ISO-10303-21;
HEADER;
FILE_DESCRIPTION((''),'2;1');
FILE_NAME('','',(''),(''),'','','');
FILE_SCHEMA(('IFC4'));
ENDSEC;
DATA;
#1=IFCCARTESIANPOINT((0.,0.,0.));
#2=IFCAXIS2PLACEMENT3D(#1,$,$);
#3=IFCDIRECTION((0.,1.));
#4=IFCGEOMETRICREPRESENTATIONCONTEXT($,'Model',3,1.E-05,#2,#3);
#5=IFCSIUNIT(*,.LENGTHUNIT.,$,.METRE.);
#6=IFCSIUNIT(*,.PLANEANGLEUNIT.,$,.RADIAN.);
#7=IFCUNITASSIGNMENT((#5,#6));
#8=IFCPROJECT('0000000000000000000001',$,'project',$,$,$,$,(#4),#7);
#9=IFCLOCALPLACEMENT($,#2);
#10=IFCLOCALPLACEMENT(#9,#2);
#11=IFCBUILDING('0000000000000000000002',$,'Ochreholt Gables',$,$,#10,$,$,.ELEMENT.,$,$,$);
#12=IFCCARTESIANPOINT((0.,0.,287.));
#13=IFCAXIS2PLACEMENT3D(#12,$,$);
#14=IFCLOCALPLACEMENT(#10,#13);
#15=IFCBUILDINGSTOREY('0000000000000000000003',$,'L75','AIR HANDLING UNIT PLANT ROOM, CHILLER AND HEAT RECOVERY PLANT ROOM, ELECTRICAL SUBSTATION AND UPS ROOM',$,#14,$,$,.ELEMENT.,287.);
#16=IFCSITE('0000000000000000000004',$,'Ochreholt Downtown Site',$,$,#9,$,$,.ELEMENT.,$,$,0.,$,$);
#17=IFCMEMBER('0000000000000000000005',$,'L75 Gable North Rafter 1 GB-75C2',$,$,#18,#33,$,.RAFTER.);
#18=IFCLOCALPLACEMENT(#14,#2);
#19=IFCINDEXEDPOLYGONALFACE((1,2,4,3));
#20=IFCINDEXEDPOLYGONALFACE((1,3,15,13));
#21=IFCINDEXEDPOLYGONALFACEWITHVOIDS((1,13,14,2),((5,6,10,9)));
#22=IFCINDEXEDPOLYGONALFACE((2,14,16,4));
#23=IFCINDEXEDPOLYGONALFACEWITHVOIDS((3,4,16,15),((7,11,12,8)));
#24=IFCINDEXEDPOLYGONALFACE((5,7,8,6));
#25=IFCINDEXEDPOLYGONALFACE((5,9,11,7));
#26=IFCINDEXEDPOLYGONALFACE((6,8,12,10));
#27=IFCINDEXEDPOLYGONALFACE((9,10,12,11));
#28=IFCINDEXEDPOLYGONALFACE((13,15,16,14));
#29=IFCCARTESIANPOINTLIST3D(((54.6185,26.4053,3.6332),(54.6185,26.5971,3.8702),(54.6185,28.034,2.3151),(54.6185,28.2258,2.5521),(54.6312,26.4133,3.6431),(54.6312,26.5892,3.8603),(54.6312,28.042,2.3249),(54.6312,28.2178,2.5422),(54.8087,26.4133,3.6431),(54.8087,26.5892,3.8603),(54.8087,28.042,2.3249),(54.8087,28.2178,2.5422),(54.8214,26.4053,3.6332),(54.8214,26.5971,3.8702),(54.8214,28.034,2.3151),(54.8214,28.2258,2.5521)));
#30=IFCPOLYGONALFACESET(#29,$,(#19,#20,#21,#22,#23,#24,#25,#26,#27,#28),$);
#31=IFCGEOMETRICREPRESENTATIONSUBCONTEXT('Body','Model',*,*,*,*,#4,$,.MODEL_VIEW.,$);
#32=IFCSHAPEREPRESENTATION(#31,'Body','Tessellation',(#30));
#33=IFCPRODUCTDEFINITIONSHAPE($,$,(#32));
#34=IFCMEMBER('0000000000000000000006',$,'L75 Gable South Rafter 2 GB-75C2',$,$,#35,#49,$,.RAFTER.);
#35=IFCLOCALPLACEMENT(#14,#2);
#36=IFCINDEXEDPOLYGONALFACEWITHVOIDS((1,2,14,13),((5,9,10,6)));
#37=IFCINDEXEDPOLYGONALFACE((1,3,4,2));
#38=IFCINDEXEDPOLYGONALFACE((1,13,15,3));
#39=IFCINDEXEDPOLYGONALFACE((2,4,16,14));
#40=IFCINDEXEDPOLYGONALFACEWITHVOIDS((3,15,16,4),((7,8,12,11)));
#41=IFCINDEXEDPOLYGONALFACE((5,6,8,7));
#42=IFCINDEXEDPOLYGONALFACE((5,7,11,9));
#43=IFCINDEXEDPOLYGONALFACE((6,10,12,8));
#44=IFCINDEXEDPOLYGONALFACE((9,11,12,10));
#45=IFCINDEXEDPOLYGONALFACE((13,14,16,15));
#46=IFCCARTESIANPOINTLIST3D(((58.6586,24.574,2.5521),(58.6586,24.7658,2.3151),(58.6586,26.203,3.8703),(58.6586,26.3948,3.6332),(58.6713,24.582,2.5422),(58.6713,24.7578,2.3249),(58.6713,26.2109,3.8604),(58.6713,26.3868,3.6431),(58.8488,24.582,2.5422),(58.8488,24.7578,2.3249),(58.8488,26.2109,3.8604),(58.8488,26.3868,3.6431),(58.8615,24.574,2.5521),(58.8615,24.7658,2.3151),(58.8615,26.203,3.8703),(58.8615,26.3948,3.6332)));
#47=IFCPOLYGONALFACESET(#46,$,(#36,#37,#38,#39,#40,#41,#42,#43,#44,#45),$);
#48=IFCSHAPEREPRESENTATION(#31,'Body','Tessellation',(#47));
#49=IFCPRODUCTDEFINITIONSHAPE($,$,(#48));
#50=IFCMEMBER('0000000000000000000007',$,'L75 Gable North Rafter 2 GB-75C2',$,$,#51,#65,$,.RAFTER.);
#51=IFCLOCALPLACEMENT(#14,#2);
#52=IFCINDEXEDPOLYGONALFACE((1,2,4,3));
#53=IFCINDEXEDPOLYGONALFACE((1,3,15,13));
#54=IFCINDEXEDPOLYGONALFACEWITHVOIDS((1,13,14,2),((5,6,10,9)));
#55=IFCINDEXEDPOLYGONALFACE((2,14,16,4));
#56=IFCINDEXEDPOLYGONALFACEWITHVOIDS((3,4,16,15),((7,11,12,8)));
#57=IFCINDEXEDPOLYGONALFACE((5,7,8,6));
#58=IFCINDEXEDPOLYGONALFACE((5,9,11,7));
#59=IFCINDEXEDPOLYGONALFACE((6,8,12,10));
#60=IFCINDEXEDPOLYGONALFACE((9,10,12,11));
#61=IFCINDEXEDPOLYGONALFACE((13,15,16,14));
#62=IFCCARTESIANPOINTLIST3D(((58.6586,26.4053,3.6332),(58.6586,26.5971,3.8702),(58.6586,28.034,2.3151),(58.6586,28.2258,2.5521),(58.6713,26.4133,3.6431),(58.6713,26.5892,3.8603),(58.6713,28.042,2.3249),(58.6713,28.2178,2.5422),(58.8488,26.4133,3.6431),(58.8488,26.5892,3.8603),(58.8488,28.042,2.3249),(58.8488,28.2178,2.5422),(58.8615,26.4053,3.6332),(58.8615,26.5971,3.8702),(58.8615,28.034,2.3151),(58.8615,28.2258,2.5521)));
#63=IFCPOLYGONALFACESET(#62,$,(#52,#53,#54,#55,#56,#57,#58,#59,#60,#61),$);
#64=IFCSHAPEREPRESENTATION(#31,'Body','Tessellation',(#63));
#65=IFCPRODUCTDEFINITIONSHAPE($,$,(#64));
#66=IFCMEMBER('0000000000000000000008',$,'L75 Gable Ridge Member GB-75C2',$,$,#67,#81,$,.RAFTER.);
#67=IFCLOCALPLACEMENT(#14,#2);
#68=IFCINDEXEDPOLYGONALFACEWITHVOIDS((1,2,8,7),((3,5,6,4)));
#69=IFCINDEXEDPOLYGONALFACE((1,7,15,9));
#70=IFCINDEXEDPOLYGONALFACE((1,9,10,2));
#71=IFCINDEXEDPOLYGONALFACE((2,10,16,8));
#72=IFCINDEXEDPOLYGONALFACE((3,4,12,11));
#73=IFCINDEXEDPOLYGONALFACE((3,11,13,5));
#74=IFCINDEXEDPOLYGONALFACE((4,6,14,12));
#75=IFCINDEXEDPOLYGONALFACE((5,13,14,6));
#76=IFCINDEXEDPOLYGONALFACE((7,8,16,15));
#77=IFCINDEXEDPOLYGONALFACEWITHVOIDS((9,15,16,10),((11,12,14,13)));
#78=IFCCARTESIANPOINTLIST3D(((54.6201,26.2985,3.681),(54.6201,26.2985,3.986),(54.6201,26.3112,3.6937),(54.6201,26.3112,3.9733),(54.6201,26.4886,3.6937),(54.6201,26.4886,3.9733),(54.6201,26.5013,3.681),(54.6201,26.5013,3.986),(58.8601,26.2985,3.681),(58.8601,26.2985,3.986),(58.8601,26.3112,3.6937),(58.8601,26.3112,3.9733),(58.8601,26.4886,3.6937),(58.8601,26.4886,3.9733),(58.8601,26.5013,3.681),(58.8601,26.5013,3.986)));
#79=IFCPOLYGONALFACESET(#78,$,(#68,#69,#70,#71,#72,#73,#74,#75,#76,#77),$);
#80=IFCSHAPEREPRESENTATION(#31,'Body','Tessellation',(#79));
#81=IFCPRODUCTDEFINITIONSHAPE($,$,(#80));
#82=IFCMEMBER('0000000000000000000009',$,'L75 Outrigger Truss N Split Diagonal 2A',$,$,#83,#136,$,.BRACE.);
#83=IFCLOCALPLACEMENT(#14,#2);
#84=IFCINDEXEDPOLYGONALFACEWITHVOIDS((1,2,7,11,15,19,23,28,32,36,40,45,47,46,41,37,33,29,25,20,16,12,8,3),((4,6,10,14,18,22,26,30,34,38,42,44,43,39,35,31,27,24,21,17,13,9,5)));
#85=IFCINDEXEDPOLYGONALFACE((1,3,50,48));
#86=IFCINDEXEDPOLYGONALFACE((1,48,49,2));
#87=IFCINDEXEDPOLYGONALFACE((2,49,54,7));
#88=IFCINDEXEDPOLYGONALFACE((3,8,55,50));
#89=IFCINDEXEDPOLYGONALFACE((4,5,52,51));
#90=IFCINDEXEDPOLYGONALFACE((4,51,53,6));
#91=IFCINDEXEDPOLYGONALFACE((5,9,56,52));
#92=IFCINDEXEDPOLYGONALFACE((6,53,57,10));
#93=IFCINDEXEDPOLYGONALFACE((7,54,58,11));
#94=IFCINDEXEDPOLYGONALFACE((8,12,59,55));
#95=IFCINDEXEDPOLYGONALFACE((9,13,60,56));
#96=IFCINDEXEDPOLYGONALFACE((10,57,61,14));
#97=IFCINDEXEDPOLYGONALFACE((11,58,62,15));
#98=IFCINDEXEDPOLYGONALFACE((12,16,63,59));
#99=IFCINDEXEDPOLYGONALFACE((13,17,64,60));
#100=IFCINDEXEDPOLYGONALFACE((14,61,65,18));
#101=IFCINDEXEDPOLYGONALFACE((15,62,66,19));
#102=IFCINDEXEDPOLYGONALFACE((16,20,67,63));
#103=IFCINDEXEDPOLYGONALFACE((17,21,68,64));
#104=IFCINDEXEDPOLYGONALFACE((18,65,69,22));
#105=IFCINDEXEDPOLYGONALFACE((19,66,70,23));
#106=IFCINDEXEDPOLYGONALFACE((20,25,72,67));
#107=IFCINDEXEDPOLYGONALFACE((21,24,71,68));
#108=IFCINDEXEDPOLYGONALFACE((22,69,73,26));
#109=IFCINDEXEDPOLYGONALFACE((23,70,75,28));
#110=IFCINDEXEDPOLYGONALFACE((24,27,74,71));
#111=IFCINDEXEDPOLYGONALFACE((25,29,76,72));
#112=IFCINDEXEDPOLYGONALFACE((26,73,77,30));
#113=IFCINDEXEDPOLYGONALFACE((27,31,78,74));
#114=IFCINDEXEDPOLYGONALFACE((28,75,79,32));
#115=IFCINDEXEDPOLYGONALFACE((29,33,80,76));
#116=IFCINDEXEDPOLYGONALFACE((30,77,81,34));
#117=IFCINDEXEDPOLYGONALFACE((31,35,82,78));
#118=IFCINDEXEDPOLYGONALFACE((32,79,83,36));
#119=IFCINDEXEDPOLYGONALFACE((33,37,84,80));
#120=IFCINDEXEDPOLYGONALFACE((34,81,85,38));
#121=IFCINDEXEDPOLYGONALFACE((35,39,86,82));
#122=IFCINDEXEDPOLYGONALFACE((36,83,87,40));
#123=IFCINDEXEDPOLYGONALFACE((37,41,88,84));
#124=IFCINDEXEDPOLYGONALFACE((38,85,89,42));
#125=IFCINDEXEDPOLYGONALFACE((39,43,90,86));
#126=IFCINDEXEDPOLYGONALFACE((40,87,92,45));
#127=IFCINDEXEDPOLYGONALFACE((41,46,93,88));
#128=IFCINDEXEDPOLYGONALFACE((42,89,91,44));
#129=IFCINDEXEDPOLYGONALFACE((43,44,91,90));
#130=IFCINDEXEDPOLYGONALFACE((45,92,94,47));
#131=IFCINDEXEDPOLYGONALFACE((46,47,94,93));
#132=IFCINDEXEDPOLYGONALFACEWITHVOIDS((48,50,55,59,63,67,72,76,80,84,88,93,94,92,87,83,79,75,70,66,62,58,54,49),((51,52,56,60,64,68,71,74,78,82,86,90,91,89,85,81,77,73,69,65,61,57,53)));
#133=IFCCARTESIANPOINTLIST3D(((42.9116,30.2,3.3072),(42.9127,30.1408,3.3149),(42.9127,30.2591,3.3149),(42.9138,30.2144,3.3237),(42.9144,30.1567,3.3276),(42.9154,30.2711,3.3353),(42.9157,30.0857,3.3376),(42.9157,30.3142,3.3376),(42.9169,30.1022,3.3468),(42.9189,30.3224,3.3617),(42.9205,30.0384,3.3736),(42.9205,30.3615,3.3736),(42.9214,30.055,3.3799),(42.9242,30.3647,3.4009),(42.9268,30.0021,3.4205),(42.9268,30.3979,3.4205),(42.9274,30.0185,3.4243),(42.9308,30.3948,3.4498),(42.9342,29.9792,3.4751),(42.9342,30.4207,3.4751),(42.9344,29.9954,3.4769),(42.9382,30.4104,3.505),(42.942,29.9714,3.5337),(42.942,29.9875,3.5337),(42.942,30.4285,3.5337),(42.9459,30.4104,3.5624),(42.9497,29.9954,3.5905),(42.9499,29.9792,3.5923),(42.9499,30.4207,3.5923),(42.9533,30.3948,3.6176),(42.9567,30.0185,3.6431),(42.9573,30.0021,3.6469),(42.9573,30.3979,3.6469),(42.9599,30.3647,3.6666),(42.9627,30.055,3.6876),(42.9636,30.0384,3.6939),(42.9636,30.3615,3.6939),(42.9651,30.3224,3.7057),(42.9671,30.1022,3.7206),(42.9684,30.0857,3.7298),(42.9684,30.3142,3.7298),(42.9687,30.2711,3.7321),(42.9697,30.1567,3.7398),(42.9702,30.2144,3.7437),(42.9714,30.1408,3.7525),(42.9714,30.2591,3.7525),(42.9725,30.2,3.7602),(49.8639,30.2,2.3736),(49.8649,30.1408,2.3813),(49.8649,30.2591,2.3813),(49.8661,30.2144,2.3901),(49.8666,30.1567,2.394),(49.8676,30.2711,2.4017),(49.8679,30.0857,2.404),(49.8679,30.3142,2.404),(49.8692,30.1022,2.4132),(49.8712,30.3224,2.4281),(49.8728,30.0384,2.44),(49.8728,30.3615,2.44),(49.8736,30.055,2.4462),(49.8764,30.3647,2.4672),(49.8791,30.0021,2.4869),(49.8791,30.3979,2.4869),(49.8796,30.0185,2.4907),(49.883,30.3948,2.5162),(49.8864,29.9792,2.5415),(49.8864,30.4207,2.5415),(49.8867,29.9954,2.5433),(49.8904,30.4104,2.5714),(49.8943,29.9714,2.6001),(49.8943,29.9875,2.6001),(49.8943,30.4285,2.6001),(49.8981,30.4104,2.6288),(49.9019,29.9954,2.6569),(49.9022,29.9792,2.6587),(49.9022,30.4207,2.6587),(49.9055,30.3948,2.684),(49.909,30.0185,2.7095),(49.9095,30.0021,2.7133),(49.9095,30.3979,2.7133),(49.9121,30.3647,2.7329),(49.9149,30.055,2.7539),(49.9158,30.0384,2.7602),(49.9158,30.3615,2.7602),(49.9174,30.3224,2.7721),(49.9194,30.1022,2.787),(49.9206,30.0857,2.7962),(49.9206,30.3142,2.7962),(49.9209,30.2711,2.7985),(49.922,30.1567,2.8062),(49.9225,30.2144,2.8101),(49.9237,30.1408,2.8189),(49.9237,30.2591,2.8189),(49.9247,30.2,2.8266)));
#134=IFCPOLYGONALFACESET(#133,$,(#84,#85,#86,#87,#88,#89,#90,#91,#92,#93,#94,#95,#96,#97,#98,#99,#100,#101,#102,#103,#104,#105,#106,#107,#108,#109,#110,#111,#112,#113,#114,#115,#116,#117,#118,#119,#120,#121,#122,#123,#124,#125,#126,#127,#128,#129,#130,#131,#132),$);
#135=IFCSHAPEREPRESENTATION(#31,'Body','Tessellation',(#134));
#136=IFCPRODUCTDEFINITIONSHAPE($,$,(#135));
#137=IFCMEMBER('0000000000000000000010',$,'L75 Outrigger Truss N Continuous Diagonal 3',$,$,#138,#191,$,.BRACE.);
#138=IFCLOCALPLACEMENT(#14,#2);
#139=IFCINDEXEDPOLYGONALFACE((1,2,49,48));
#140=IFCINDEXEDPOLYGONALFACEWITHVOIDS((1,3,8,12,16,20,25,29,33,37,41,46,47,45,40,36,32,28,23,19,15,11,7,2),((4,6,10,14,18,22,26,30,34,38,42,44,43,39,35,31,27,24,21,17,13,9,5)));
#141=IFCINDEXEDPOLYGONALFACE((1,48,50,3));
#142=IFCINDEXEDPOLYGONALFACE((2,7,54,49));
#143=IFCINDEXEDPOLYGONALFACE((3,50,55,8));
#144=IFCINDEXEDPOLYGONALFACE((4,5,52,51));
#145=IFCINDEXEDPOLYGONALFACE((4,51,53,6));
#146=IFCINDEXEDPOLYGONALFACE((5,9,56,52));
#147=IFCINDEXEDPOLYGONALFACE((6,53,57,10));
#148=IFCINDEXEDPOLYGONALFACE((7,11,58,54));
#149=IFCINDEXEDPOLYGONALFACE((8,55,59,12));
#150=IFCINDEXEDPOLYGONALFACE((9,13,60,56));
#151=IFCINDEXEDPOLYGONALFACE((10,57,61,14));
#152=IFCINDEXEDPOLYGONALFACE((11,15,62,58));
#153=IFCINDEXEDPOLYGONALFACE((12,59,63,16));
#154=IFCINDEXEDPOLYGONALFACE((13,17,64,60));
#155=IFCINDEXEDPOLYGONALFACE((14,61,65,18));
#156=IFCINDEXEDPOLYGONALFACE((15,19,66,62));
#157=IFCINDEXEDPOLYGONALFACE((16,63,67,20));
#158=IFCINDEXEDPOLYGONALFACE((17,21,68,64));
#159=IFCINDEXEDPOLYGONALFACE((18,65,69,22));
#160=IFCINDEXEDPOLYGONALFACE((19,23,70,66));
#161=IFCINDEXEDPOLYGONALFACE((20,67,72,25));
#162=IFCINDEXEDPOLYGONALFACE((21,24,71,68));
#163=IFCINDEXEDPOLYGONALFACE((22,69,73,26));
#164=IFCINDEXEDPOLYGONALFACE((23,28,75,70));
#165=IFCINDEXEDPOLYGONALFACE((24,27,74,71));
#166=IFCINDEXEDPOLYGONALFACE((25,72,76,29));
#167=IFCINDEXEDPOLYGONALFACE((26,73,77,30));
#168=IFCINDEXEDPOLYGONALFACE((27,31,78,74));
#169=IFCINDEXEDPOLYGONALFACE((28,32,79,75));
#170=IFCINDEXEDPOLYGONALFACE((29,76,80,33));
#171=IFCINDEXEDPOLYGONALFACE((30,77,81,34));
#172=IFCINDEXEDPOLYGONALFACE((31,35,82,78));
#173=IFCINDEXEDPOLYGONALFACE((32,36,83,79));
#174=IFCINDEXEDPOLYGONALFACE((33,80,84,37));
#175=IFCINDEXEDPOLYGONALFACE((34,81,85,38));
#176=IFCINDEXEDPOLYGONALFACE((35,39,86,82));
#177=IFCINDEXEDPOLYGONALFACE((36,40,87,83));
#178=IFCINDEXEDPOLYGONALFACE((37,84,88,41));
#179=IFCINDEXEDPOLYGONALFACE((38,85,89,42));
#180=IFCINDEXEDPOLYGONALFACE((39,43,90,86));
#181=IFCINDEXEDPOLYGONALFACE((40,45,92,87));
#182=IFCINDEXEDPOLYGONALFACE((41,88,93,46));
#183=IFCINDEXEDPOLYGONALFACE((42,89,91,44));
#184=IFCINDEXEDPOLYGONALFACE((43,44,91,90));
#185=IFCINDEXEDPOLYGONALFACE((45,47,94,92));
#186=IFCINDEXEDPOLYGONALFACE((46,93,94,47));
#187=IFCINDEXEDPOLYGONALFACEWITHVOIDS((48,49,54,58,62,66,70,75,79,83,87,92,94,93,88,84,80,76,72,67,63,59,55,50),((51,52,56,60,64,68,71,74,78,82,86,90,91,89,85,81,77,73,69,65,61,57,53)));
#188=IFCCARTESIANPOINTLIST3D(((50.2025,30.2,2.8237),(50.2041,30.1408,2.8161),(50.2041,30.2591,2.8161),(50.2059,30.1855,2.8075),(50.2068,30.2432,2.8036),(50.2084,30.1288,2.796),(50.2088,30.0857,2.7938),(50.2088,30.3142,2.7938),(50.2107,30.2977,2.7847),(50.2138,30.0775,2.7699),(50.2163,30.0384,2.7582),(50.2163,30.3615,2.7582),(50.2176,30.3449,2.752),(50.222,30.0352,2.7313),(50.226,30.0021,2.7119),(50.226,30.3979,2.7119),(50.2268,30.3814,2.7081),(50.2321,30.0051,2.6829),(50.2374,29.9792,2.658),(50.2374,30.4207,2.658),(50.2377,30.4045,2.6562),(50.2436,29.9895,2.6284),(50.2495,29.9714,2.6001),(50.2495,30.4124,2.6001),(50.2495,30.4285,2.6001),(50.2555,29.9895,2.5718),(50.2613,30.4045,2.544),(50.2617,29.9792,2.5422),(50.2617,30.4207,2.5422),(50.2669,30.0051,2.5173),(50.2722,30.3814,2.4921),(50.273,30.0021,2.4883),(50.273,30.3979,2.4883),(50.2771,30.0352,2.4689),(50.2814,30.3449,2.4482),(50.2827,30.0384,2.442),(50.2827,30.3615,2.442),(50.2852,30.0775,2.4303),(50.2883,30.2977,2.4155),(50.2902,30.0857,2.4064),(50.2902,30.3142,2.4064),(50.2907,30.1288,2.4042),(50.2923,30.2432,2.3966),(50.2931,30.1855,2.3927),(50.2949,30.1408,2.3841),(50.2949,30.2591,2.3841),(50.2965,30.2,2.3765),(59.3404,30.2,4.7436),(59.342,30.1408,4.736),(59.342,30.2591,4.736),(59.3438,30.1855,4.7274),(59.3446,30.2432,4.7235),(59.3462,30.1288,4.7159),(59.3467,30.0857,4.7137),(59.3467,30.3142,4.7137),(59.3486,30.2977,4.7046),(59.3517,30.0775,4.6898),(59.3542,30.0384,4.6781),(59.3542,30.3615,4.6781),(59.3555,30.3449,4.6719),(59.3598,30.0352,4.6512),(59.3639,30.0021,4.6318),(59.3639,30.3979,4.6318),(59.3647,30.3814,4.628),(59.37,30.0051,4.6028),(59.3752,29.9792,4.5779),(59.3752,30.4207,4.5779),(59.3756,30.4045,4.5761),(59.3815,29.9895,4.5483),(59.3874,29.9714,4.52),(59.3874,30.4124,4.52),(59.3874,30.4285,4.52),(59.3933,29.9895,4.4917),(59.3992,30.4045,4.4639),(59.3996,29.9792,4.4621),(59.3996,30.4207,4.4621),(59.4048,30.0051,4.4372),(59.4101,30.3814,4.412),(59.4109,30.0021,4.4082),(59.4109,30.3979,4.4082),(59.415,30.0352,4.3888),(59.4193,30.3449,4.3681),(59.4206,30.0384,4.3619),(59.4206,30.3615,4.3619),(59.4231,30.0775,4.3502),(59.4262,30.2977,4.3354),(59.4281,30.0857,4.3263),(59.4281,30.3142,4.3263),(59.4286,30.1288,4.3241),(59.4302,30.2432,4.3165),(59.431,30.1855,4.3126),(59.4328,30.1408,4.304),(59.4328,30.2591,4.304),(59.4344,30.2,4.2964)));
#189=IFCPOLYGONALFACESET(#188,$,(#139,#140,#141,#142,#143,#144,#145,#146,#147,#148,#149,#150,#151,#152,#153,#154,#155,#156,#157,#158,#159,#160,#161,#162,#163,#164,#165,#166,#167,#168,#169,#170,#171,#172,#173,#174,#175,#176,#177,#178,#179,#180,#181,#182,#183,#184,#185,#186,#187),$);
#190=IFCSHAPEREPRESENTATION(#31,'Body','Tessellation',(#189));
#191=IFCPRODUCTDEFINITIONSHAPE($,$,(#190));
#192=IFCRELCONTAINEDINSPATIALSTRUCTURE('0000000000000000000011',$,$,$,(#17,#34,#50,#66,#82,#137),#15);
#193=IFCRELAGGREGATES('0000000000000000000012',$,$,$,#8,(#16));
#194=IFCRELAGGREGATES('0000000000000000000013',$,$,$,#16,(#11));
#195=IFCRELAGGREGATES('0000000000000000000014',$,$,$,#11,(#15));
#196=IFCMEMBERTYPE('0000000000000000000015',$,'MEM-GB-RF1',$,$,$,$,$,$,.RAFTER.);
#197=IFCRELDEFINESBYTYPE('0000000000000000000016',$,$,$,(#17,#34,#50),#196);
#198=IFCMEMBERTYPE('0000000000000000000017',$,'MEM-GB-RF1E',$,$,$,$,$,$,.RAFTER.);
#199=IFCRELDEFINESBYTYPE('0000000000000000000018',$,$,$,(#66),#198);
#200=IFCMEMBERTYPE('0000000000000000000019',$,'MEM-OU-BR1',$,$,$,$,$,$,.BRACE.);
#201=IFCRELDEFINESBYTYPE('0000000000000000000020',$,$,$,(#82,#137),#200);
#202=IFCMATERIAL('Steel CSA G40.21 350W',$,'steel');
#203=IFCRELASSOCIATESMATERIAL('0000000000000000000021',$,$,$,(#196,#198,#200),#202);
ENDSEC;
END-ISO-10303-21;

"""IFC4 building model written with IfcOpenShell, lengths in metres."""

from ifc_helpers import new_model, si_unit, direction, frame, origin, origin_2d, place, context, subcontext, project, spatial, hollow_rectangle, hollow_circle, extrude, material, material_profile, profile_set, type_object, element, save


model = new_model("IFC4")

# Units and contexts
model_context = context("Model", 3, precision=1e-05, world=origin(), true_north=direction((0.0, 1.0)))
body_context = subcontext(model_context, "Body", "Model", "MODEL_VIEW")
ifc_project = project(units=[si_unit("LENGTHUNIT", "METRE"), si_unit("PLANEANGLEUNIT", "RADIAN")], contexts=[model_context])

# Site, building, storey
site_placement = place(None, origin())
site = spatial("IfcSite", under=ifc_project, at=site_placement, Name="Ochreholt Downtown Site", CompositionType="ELEMENT", RefElevation=0.0)
building_placement = place(site_placement, origin())
building = spatial("IfcBuilding", under=site, at=building_placement, Name="Ochreholt Gables", CompositionType="ELEMENT")
storey_placement = place(building_placement, frame((0.0, 0.0, 287.0)))
storey = spatial("IfcBuildingStorey", under=building, at=storey_placement, Name="L75", Description="AIR HANDLING UNIT PLANT ROOM, CHILLER AND HEAT RECOVERY PLANT ROOM, ELECTRICAL SUBSTATION AND UPS ROOM", CompositionType="ELEMENT", Elevation=287.0)

# Shared definitions
ifc_material_1 = material(Name="Steel CSA G40.21 350W", Category="steel")

# Members
ifc_material_profile_1 = material_profile(ifc_material_1, hollow_rectangle(XDim=0.2029, YDim=0.3049, WallThickness=0.0127, at=origin_2d()), Name="HSS305X203X13")
ifc_profile_set_1 = profile_set([ifc_material_profile_1], Name="Steel CSA G40.21 350W")
member_type_1 = type_object("IfcMemberType", Name="MEM-GB-RF1", PredefinedType="RAFTER", material=ifc_profile_set_1)
member_1_placement = place(storey_placement, frame((54.72, 28.1299, 2.4336), z_axis=(0.0, -0.777321, 0.629104), x_axis=(1.0, 0.0, 0.0)))
element("IfcMember", 1, at=member_1_placement, inside=storey, type_object=member_type_1, Name="L75 Gable North Rafter 1 GB-75C2", PredefinedType="RAFTER", context=body_context, shape_type="SweptSolid", body=[
    extrude(hollow_rectangle(XDim=0.2029, YDim=0.3049, WallThickness=0.0127, at=origin_2d()), origin(), (0.0, 0.0, 1.0), 2.0952),
])
member_2_placement = place(storey_placement, frame((58.76, 24.6699, 2.4336), z_axis=(0.0, 0.777367, 0.629047), x_axis=(-1.0, 0.0, 0.0)))
element("IfcMember", 2, at=member_2_placement, inside=storey, type_object=member_type_1, Name="L75 Gable South Rafter 2 GB-75C2", PredefinedType="RAFTER", context=body_context, shape_type="SweptSolid", body=[
    extrude(hollow_rectangle(XDim=0.2029, YDim=0.3049, WallThickness=0.0127, at=origin_2d()), origin(), (0.0, 0.0, 1.0), 2.0955),
])
member_3_placement = place(storey_placement, frame((58.76, 28.1299, 2.4336), z_axis=(0.0, -0.777321, 0.629104), x_axis=(1.0, 0.0, 0.0)))
element("IfcMember", 3, at=member_3_placement, inside=storey, type_object=member_type_1, Name="L75 Gable North Rafter 2 GB-75C2", PredefinedType="RAFTER", context=body_context, shape_type="SweptSolid", body=[
    extrude(hollow_rectangle(XDim=0.2029, YDim=0.3049, WallThickness=0.0127, at=origin_2d()), origin(), (0.0, 0.0, 1.0), 2.0952),
])
ifc_material_profile_2 = material_profile(ifc_material_1, hollow_rectangle(XDim=0.2029, YDim=0.3049, WallThickness=0.0127, at=origin_2d()), Name="HSS305X203X13")
ifc_profile_set_2 = profile_set([ifc_material_profile_2], Name="Steel CSA G40.21 350W")
member_type_2 = type_object("IfcMemberType", Name="MEM-GB-RF1E", PredefinedType="RAFTER", material=ifc_profile_set_2)
member_4_placement = place(storey_placement, frame((54.6201, 26.3999, 3.8335), z_axis=(1.0, 0.0, 0.0), x_axis=(0.0, 1.0, 0.0)))
element("IfcMember", 4, at=member_4_placement, inside=storey, type_object=member_type_2, Name="L75 Gable Ridge Member GB-75C2", PredefinedType="RAFTER", context=body_context, shape_type="SweptSolid", body=[
    extrude(hollow_rectangle(XDim=0.2029, YDim=0.3049, WallThickness=0.0127, at=origin_2d()), origin(), (0.0, 0.0, 1.0), 4.24),
])
ifc_material_profile_3 = material_profile(ifc_material_1, hollow_circle(Radius=0.2285, WallThickness=0.0161, at=origin_2d()), Name="CHS457X16")
ifc_profile_set_3 = profile_set([ifc_material_profile_3], Name="Steel CSA G40.21 350W")
member_type_3 = type_object("IfcMemberType", Name="MEM-OU-BR1", PredefinedType="BRACE", material=ifc_profile_set_3)
member_5_placement = place(storey_placement, frame((49.8943, 30.2, 2.6001), z_axis=(-0.991103, 0.0, 0.133094), x_axis=(0.0, -1.0, 0.0)))
element("IfcMember", 5, at=member_5_placement, inside=storey, type_object=member_type_3, Name="L75 Outrigger Truss N Split Diagonal 2A", PredefinedType="BRACE", context=body_context, shape_type="SweptSolid", body=[
    extrude(hollow_circle(Radius=0.2285, WallThickness=0.0161, at=origin_2d()), origin(), (0.0, 0.0, 1.0), 7.0146),
])
member_6_placement = place(storey_placement, frame((50.2495, 30.2, 2.6001), z_axis=(0.978633, 0.0, 0.205615), x_axis=(0.0, 1.0, 0.0)))
element("IfcMember", 6, at=member_6_placement, inside=storey, type_object=member_type_3, Name="L75 Outrigger Truss N Continuous Diagonal 3", PredefinedType="BRACE", context=body_context, shape_type="SweptSolid", body=[
    extrude(hollow_circle(Radius=0.2285, WallThickness=0.0161, at=origin_2d()), origin(), (0.0, 0.0, 1.0), 9.3374),
])

save(model, "model.ifc")
